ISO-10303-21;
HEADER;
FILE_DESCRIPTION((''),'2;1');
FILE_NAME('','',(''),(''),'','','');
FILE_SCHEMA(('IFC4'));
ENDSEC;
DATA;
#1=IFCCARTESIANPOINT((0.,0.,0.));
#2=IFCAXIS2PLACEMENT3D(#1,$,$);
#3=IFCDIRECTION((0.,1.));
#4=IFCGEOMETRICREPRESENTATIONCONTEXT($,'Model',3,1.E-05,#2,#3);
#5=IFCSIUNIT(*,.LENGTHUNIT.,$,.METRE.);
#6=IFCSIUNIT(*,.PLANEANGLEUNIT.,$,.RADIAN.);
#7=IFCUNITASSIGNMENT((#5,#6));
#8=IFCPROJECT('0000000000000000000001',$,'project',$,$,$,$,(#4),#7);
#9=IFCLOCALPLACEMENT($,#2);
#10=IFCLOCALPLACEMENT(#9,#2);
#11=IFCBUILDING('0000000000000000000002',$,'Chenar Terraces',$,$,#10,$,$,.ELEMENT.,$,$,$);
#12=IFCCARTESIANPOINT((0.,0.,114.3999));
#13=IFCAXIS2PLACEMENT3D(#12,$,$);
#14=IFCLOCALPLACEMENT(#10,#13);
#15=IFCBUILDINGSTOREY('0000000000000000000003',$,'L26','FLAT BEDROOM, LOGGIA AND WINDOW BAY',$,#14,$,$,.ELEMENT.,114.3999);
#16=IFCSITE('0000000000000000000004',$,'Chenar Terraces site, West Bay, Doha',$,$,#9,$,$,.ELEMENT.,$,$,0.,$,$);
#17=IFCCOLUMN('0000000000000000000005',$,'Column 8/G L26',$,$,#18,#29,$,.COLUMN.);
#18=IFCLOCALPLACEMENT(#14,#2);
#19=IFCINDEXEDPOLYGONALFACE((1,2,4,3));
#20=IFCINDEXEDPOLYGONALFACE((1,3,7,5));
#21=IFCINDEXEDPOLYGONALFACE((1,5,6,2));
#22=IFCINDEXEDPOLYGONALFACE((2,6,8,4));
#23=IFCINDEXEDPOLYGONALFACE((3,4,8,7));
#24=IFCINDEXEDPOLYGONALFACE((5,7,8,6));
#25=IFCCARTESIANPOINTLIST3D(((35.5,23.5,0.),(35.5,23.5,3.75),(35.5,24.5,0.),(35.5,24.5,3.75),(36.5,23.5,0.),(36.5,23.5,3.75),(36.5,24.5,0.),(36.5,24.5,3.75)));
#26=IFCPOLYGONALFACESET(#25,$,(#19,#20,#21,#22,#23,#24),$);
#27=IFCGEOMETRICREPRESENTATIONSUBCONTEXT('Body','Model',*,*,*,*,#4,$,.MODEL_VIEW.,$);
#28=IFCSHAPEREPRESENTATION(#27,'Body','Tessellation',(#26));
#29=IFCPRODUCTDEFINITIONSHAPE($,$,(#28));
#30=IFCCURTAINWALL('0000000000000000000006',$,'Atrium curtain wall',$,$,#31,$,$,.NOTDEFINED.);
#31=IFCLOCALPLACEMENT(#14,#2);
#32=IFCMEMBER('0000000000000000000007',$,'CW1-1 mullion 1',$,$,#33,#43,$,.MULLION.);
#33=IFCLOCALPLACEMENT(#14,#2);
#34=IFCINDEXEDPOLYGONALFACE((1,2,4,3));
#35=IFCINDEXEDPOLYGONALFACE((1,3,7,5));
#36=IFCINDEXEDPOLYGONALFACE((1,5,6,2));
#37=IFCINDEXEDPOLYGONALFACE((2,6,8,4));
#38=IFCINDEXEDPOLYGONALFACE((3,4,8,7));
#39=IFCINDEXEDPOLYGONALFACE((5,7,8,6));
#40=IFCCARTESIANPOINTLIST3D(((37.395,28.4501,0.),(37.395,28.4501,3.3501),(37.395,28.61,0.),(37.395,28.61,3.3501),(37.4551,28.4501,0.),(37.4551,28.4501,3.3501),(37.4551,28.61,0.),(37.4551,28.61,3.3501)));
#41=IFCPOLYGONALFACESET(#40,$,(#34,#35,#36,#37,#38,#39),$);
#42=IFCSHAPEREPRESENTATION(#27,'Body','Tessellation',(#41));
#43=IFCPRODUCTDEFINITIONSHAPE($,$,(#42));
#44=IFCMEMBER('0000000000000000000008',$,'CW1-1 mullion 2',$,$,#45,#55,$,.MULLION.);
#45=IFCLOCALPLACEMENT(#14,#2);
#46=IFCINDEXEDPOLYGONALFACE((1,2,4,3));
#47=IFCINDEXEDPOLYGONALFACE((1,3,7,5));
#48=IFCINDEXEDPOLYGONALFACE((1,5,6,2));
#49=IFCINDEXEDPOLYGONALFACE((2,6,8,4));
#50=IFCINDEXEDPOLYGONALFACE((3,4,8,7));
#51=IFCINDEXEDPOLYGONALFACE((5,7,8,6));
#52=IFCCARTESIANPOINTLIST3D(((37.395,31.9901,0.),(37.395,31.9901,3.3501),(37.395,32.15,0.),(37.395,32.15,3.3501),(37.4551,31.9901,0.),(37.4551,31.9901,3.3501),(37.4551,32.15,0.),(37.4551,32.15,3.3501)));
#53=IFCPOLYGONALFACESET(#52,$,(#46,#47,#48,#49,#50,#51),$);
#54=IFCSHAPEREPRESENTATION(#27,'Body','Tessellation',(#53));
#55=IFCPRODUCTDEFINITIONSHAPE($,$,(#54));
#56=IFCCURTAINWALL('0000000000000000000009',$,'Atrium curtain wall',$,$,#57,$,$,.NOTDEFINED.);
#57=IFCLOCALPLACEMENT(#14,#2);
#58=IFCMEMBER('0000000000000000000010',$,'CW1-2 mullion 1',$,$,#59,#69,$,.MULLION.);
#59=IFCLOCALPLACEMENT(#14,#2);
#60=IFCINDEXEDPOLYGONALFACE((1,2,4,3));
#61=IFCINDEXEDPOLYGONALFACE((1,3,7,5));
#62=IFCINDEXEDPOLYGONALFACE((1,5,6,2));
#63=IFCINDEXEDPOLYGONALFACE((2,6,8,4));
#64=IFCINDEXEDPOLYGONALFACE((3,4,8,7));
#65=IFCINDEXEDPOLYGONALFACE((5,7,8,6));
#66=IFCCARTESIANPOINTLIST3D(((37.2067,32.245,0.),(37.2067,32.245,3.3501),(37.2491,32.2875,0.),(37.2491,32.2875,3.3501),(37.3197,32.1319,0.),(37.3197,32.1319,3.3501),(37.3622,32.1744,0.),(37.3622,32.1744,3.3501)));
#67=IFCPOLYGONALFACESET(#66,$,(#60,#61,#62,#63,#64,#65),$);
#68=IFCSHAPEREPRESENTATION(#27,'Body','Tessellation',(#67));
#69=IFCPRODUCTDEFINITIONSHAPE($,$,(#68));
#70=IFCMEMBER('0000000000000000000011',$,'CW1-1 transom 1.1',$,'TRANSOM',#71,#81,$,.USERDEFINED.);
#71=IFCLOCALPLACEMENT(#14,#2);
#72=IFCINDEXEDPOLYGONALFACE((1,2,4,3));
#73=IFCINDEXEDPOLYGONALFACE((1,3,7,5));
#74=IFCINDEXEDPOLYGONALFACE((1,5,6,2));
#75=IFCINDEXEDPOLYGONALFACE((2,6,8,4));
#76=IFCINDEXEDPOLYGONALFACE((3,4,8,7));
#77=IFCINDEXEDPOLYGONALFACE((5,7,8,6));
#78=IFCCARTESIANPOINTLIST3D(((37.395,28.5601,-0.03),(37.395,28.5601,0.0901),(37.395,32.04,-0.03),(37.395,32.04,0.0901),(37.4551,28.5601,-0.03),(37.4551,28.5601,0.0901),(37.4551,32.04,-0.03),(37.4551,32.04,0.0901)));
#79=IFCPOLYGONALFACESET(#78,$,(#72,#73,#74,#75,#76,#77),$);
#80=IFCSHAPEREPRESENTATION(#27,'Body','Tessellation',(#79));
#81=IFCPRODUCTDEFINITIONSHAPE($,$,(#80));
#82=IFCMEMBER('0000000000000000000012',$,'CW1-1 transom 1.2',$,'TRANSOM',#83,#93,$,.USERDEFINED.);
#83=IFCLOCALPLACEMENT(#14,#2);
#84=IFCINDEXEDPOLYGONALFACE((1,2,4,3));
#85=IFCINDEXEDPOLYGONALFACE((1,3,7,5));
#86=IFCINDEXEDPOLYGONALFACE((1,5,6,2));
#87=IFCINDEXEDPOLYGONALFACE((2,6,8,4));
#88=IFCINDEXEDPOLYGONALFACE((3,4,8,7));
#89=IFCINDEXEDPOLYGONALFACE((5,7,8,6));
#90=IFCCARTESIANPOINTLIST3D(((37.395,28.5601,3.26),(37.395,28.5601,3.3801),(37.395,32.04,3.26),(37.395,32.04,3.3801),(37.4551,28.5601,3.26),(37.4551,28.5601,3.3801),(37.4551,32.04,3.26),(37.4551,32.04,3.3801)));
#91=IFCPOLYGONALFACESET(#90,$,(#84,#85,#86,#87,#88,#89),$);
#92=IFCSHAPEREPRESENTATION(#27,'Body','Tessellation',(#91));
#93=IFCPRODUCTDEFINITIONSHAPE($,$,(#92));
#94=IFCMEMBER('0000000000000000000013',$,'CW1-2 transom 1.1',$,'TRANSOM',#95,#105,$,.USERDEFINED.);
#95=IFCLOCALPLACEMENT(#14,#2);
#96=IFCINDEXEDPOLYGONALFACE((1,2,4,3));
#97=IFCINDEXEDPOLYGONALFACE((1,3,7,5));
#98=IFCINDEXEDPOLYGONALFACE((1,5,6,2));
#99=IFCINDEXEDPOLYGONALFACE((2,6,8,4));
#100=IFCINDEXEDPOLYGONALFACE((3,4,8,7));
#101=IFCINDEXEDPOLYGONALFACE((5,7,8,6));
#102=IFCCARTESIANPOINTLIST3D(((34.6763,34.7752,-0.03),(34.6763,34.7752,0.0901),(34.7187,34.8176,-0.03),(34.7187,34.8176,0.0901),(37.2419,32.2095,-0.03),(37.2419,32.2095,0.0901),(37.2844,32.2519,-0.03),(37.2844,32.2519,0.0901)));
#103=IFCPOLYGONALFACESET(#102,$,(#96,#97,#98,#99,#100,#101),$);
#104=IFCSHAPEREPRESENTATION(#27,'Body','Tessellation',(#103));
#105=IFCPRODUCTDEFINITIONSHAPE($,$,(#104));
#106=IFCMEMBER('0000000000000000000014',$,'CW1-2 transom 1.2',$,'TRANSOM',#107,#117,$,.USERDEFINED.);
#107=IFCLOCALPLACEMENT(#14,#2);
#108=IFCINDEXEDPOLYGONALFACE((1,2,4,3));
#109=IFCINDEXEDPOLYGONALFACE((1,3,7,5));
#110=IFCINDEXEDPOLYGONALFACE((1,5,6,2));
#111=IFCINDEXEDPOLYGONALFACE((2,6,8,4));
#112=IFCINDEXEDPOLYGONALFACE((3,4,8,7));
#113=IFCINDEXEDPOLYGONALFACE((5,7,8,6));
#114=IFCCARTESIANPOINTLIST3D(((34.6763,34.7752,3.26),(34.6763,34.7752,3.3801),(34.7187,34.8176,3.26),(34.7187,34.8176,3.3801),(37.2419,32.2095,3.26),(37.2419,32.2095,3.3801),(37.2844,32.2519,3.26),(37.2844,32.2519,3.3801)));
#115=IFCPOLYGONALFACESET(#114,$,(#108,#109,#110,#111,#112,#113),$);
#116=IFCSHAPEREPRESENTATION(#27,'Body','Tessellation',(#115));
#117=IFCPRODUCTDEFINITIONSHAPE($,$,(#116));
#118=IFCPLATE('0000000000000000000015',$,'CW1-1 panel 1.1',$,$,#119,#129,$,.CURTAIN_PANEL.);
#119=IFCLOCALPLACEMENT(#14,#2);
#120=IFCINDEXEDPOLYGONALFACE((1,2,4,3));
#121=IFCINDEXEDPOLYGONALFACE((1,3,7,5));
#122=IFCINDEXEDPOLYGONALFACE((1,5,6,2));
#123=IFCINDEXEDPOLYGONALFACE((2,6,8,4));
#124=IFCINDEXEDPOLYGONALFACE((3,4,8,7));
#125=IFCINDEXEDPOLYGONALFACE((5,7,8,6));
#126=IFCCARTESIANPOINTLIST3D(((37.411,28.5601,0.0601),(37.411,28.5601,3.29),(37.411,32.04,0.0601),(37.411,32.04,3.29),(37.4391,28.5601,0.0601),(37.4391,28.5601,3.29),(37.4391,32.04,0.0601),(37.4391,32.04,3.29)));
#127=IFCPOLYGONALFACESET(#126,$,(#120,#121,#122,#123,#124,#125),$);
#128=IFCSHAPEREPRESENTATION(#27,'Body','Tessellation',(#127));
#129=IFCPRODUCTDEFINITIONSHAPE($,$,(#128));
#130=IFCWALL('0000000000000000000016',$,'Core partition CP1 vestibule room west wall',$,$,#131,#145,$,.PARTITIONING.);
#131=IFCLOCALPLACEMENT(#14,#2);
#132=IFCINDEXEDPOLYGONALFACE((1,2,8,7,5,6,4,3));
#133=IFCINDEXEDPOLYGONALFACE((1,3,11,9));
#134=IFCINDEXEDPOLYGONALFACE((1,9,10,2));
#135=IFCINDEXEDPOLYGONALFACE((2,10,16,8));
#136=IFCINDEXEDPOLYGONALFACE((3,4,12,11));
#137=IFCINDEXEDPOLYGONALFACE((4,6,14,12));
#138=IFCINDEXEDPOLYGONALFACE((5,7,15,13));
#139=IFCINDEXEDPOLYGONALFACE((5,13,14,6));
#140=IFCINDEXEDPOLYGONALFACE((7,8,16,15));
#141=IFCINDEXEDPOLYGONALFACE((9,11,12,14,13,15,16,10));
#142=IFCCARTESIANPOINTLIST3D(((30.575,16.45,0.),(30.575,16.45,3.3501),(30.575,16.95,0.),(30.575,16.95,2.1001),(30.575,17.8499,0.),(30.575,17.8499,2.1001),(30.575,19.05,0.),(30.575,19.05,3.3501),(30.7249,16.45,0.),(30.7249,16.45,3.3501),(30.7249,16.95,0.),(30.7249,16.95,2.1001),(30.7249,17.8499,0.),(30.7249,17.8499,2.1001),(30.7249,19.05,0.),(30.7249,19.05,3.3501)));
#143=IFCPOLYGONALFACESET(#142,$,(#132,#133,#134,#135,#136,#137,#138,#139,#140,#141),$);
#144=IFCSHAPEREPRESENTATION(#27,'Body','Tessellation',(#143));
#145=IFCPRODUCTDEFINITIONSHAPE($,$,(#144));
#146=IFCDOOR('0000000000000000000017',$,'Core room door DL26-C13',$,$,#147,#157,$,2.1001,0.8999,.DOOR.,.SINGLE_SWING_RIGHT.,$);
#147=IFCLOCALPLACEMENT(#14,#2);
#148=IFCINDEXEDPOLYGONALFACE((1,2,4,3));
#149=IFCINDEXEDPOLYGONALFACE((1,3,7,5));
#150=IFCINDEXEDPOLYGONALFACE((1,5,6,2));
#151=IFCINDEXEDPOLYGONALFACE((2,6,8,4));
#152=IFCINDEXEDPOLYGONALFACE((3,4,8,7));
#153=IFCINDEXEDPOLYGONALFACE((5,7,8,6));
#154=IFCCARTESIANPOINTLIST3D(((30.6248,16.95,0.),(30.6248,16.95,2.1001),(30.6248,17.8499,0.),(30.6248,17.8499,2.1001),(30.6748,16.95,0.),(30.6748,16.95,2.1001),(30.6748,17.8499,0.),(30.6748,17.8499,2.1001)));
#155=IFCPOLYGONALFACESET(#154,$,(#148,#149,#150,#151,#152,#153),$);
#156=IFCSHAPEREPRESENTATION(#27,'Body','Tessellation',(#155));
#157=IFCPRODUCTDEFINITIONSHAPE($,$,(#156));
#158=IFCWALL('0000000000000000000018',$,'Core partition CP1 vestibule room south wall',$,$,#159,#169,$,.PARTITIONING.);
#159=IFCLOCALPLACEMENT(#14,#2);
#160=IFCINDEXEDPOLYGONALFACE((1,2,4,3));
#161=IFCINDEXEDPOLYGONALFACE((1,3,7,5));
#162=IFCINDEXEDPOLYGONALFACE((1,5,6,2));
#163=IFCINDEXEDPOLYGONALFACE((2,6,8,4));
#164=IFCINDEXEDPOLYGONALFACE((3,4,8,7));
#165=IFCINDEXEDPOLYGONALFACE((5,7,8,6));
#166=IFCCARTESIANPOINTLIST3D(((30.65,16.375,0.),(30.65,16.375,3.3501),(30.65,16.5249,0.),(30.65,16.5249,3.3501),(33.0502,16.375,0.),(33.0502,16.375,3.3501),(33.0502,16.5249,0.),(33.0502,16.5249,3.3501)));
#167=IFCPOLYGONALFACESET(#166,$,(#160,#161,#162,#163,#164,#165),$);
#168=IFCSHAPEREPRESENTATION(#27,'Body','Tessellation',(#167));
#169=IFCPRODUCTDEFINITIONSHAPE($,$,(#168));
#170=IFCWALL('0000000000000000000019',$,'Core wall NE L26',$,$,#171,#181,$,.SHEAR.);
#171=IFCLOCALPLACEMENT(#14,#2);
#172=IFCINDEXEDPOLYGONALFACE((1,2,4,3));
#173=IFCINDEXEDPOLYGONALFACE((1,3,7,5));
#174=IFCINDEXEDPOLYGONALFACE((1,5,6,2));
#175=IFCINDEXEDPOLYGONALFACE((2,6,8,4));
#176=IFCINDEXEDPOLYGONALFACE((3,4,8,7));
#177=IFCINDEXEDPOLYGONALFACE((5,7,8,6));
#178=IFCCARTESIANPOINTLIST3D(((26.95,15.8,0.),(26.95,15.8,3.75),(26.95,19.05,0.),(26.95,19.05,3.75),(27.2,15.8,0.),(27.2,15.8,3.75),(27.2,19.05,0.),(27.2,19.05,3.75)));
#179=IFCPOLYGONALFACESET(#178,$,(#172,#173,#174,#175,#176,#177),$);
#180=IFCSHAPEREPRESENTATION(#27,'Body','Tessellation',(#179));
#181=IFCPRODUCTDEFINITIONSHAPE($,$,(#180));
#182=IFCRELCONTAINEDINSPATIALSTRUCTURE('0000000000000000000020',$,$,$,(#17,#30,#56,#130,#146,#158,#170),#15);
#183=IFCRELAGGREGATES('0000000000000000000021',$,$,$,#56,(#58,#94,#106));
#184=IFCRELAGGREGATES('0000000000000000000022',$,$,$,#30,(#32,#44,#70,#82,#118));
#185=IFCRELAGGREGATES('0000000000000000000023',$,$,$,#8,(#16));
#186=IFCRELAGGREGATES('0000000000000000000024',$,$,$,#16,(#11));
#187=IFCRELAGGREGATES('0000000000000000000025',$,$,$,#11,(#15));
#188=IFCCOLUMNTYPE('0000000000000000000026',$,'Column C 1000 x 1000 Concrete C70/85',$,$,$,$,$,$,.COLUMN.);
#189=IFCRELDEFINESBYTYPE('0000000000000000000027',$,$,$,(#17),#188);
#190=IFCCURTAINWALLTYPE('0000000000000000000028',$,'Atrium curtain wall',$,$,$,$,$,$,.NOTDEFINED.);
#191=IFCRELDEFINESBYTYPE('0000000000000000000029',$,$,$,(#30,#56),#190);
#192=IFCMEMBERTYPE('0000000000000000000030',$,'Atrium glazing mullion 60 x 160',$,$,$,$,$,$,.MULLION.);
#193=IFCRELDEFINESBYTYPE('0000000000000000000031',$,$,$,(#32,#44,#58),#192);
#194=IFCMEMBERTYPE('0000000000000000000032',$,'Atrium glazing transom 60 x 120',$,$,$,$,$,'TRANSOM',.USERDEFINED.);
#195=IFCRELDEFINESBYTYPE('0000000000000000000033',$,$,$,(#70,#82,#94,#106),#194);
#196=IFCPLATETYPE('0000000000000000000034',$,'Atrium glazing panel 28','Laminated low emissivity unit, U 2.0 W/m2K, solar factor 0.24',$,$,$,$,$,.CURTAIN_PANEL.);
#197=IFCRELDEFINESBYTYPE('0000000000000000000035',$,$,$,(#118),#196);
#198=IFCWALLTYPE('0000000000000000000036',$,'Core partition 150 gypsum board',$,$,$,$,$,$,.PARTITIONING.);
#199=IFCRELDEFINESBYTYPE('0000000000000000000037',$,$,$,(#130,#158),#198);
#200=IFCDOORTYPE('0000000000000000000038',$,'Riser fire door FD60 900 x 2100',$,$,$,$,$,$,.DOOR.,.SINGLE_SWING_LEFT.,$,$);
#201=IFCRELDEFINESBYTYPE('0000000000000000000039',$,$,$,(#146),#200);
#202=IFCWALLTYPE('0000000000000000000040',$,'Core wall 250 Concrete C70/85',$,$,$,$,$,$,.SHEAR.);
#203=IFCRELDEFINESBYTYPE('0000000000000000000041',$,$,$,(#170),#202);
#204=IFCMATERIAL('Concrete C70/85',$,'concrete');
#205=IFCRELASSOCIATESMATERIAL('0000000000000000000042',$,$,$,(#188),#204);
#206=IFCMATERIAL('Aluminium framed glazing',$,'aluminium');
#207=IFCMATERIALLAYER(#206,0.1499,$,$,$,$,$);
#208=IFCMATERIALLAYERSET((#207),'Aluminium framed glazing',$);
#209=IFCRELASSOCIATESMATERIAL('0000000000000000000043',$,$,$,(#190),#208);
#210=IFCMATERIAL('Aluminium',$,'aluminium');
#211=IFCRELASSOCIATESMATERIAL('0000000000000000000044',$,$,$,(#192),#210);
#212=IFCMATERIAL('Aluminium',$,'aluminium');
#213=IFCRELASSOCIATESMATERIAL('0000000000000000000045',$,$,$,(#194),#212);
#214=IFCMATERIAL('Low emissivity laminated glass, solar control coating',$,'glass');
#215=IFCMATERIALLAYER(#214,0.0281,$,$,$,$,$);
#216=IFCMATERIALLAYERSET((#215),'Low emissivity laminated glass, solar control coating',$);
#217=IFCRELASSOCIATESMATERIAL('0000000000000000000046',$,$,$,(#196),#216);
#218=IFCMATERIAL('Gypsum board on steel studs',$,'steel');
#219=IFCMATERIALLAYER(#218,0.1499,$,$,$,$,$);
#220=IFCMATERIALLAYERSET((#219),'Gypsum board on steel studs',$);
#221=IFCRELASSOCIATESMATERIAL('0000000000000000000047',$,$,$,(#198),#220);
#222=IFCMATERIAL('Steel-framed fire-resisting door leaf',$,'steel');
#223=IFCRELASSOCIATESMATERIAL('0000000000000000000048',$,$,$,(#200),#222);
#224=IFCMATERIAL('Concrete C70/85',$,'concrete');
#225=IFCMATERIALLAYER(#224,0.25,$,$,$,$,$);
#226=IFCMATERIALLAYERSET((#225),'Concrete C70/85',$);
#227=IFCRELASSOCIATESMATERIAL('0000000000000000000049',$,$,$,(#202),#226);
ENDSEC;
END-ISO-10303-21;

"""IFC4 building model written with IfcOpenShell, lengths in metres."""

from ifc_helpers import new_model, si_unit, direction, frame, frame_2d, origin, origin_2d, place, context, subcontext, project, spatial, rectangle, extrude, material, layer, layer_set, material_profile, profile_set, type_object, element, fill, aggregate, save


model = new_model("IFC4")

# Units and contexts
model_context = context("Model", 3, precision=1e-05, world=origin(), true_north=direction((0.0, 1.0)))
body_context = subcontext(model_context, "Body", "Model", "MODEL_VIEW")
ifc_project = project(units=[si_unit("LENGTHUNIT", "METRE"), si_unit("PLANEANGLEUNIT", "RADIAN")], contexts=[model_context])

# Site, building, storey
site_placement = place(None, origin())
site = spatial("IfcSite", under=ifc_project, at=site_placement, Name="Chenar Terraces site, West Bay, Doha", CompositionType="ELEMENT", RefElevation=0.0)
building_placement = place(site_placement, origin())
building = spatial("IfcBuilding", under=site, at=building_placement, Name="Chenar Terraces", CompositionType="ELEMENT")
storey_placement = place(building_placement, frame((0.0, 0.0, 114.3999)))
storey = spatial("IfcBuildingStorey", under=building, at=storey_placement, Name="L26", Description="FLAT BEDROOM, LOGGIA AND WINDOW BAY", CompositionType="ELEMENT", Elevation=114.3999)

# Column
ifc_material_1 = material(Name="Concrete C70/85", Category="concrete")
ifc_material_profile_1 = material_profile(ifc_material_1, rectangle(XDim=1.0, YDim=1.0, at=origin_2d()), Name="C 1000 x 1000")
ifc_profile_set_1 = profile_set([ifc_material_profile_1], Name="Concrete C70/85")
column_type = type_object("IfcColumnType", Name="Column C 1000 x 1000 Concrete C70/85", PredefinedType="COLUMN", material=ifc_profile_set_1)
column_placement = place(storey_placement, frame((36.0, 24.0, 0.0), z_axis=(0.0, 0.0, 1.0), x_axis=(1.0, 0.0, 0.0)))
element("IfcColumn", 1, at=column_placement, inside=storey, type_object=column_type, Name="Column 8/G L26", PredefinedType="COLUMN", context=body_context, shape_type="SweptSolid", body=[
    extrude(rectangle(XDim=1.0, YDim=1.0, at=origin_2d()), origin(), (0.0, 0.0, 1.0), 3.75),
])

# Curtain wall, members
ifc_material_2 = material(Name="Aluminium framed glazing", Category="aluminium")
ifc_layer_1 = layer(ifc_material_2, 0.1499)
ifc_layer_set_1 = layer_set([ifc_layer_1], Name="Aluminium framed glazing")
curtain_wall_type = type_object("IfcCurtainWallType", Name="Atrium curtain wall", PredefinedType="NOTDEFINED", material=ifc_layer_set_1)
placement = place(storey_placement, origin())
curtain_wall_1 = element("IfcCurtainWall", 2, at=placement, inside=storey, type_object=curtain_wall_type, Name="Atrium curtain wall", PredefinedType="NOTDEFINED")
ifc_material_3 = material(Name="Aluminium", Category="aluminium")
ifc_material_profile_2 = material_profile(ifc_material_3, rectangle(XDim=0.0601, YDim=0.1599, at=origin_2d()), Name="Atrium glazing mullion 60 x 160")
ifc_profile_set_2 = profile_set([ifc_material_profile_2], Name="Aluminium")
member_type_1 = type_object("IfcMemberType", Name="Atrium glazing mullion 60 x 160", PredefinedType="MULLION", material=ifc_profile_set_2)
member_1_placement = place(storey_placement, frame((37.425, 28.53, 0.0), z_axis=(0.0, 0.0, 1.0), x_axis=(-1.0, 0.0, 0.0)))
member_1 = element("IfcMember", 3, at=member_1_placement, type_object=member_type_1, Name="CW1-1 mullion 1", PredefinedType="MULLION", context=body_context, shape_type="SweptSolid", body=[
    extrude(rectangle(XDim=0.0601, YDim=0.1599, at=origin_2d()), origin(), (0.0, 0.0, 1.0), 3.3501),
])
member_2_placement = place(storey_placement, frame((37.425, 32.0701, 0.0), z_axis=(0.0, 0.0, 1.0), x_axis=(-1.0, 0.0, 0.0)))
member_2 = element("IfcMember", 4, at=member_2_placement, type_object=member_type_1, Name="CW1-1 mullion 2", PredefinedType="MULLION", context=body_context, shape_type="SweptSolid", body=[
    extrude(rectangle(XDim=0.0601, YDim=0.1599, at=origin_2d()), origin(), (0.0, 0.0, 1.0), 3.3501),
])

# Curtain wall, member
curtain_wall_2 = element("IfcCurtainWall", 5, at=placement, inside=storey, type_object=curtain_wall_type, Name="Atrium curtain wall", PredefinedType="NOTDEFINED")
member_3_placement = place(storey_placement, frame((37.2844, 32.2097, 0.0), z_axis=(0.0, 0.0, 1.0), x_axis=(-0.707107, -0.707107, 0.0)))
member_3 = element("IfcMember", 6, at=member_3_placement, type_object=member_type_1, Name="CW1-2 mullion 1", PredefinedType="MULLION", context=body_context, shape_type="SweptSolid", body=[
    extrude(rectangle(XDim=0.0601, YDim=0.1599, at=origin_2d()), origin(), (0.0, 0.0, 1.0), 3.3501),
])

# Members
ifc_material_4 = material(Name="Aluminium", Category="aluminium")
ifc_material_profile_3 = material_profile(ifc_material_4, rectangle(XDim=0.0601, YDim=0.1201, at=origin_2d()), Name="Atrium glazing transom 60 x 120")
ifc_profile_set_3 = profile_set([ifc_material_profile_3], Name="Aluminium")
member_type_2 = type_object("IfcMemberType", Name="Atrium glazing transom 60 x 120", ElementType="TRANSOM", PredefinedType="USERDEFINED", material=ifc_profile_set_3)
member_4_placement = place(storey_placement, frame((37.425, 28.5601, 0.03), z_axis=(0.0, 1.0, 0.0), x_axis=(-1.0, 0.0, 0.0)))
member_4 = element("IfcMember", 7, at=member_4_placement, type_object=member_type_2, Name="CW1-1 transom 1.1", ObjectType="TRANSOM", PredefinedType="USERDEFINED", context=body_context, shape_type="SweptSolid", body=[
    extrude(rectangle(XDim=0.0601, YDim=0.1201, at=origin_2d()), origin(), (0.0, 0.0, 1.0), 3.48),
])
member_5_placement = place(storey_placement, frame((37.425, 28.5601, 3.3201), z_axis=(0.0, 1.0, 0.0), x_axis=(-1.0, 0.0, 0.0)))
member_5 = element("IfcMember", 8, at=member_5_placement, type_object=member_type_2, Name="CW1-1 transom 1.2", ObjectType="TRANSOM", PredefinedType="USERDEFINED", context=body_context, shape_type="SweptSolid", body=[
    extrude(rectangle(XDim=0.0601, YDim=0.1201, at=origin_2d()), origin(), (0.0, 0.0, 1.0), 3.48),
])
member_6_placement = place(storey_placement, frame((37.2632, 32.2307, 0.03), z_axis=(-0.707107, 0.707107, 0.0), x_axis=(-0.707107, -0.707107, 0.0)))
member_6 = element("IfcMember", 9, at=member_6_placement, type_object=member_type_2, Name="CW1-2 transom 1.1", ObjectType="TRANSOM", PredefinedType="USERDEFINED", context=body_context, shape_type="SweptSolid", body=[
    extrude(rectangle(XDim=0.0601, YDim=0.1201, at=origin_2d()), origin(), (0.0, 0.0, 1.0), 3.6284),
])
member_7_placement = place(storey_placement, frame((37.2632, 32.2307, 3.3201), z_axis=(-0.707107, 0.707107, 0.0), x_axis=(-0.707107, -0.707107, 0.0)))
member_7 = element("IfcMember", 10, at=member_7_placement, type_object=member_type_2, Name="CW1-2 transom 1.2", ObjectType="TRANSOM", PredefinedType="USERDEFINED", context=body_context, shape_type="SweptSolid", body=[
    extrude(rectangle(XDim=0.0601, YDim=0.1201, at=origin_2d()), origin(), (0.0, 0.0, 1.0), 3.6284),
])
aggregate(curtain_wall_2, [member_3, member_6, member_7])

# Plate
ifc_material_5 = material(Name="Low emissivity laminated glass, solar control coating", Category="glass")
ifc_layer_2 = layer(ifc_material_5, 0.0281)
ifc_layer_set_2 = layer_set([ifc_layer_2], Name="Low emissivity laminated glass, solar control coating")
plate_type = type_object("IfcPlateType", Name="Atrium glazing panel 28", Description="Laminated low emissivity unit, U 2.0 W/m2K, solar factor 0.24", PredefinedType="CURTAIN_PANEL", material=ifc_layer_set_2)
plate_placement = place(storey_placement, frame((37.425, 30.3, 0.0601), z_axis=(0.0, 0.0, 1.0), x_axis=(0.0, 1.0, 0.0)))
plate = element("IfcPlate", 11, at=plate_placement, type_object=plate_type, Name="CW1-1 panel 1.1", PredefinedType="CURTAIN_PANEL", context=body_context, shape_type="SweptSolid", body=[
    extrude(rectangle(XDim=3.48, YDim=0.0281, at=origin_2d()), origin(), (0.0, 0.0, 1.0), 3.23),
])
aggregate(curtain_wall_1, [member_1, member_2, member_4, member_5, plate])

# Wall, opening, door
ifc_material_6 = material(Name="Gypsum board on steel studs", Category="steel")
ifc_layer_3 = layer(ifc_material_6, 0.1499)
ifc_layer_set_3 = layer_set([ifc_layer_3], Name="Gypsum board on steel studs")
wall_type_1 = type_object("IfcWallType", Name="Core partition 150 gypsum board", PredefinedType="PARTITIONING", material=ifc_layer_set_3)
wall_1_placement = place(storey_placement, frame((30.6499, 16.45, 0.0), z_axis=(0.0, 0.0, 1.0), x_axis=(0.0, 1.0, 0.0)))
wall_1 = element("IfcWall", 12, at=wall_1_placement, inside=storey, type_object=wall_type_1, Name="Core partition CP1 vestibule room west wall", PredefinedType="PARTITIONING", context=body_context, shape_type="SweptSolid", body=[
    extrude(rectangle(XDim=2.6001, YDim=0.1499, at=frame_2d((1.3, 0.0))), origin(), (0.0, 0.0, 1.0), 3.3501),
])
opening_1_placement = place(wall_1_placement, frame((0.5, 0.0, 0.0)))
opening_1 = element("IfcOpeningElement", 13, at=opening_1_placement, cuts=wall_1, PredefinedType="OPENING", context=body_context, shape_type="SweptSolid", body=[
    extrude(rectangle(XDim=0.8999, YDim=2.1001, at=frame_2d((0.45, 1.05))), frame((0.0, 0.085, 0.0), z_axis=(0.0, -1.0, 0.0), x_axis=(1.0, 0.0, 0.0)), (0.0, 0.0, 1.0), 0.1699),
])
ifc_material_7 = material(Name="Steel-framed fire-resisting door leaf", Category="steel")
door_type = type_object("IfcDoorType", Name="Riser fire door FD60 900 x 2100", OperationType="SINGLE_SWING_LEFT", PredefinedType="DOOR", material=ifc_material_7)
door_placement = place(opening_1_placement, frame((0.8999, 0.0, 0.0), z_axis=(0.0, 0.0, 1.0), x_axis=(-1.0, 0.0, 0.0)))
door = element("IfcDoor", 14, at=door_placement, inside=storey, type_object=door_type, Name="Core room door DL26-C13", OperationType="SINGLE_SWING_RIGHT", OverallHeight=2.1001, OverallWidth=0.8999, PredefinedType="DOOR", context=body_context, shape_type="SweptSolid", body=[
    extrude(rectangle(XDim=0.8999, YDim=2.1001, at=frame_2d((0.45, 1.05))), frame((0.0, 0.0249, 0.0), z_axis=(0.0, -1.0, 0.0), x_axis=(1.0, 0.0, 0.0)), (0.0, 0.0, 1.0), 0.05),
])
fill(opening_1, door)

# Walls
wall_2_placement = place(storey_placement, frame((30.6499, 16.45, 0.0), z_axis=(0.0, 0.0, 1.0), x_axis=(1.0, 0.0, 0.0)))
element("IfcWall", 15, at=wall_2_placement, inside=storey, type_object=wall_type_1, Name="Core partition CP1 vestibule room south wall", PredefinedType="PARTITIONING", context=body_context, shape_type="SweptSolid", body=[
    extrude(rectangle(XDim=2.4001, YDim=0.1499, at=frame_2d((1.2002, 0.0))), origin(), (0.0, 0.0, 1.0), 3.3501),
])
ifc_material_8 = material(Name="Concrete C70/85", Category="concrete")
ifc_layer_4 = layer(ifc_material_8, 0.25)
ifc_layer_set_4 = layer_set([ifc_layer_4], Name="Concrete C70/85")
wall_type_2 = type_object("IfcWallType", Name="Core wall 250 Concrete C70/85", PredefinedType="SHEAR", material=ifc_layer_set_4)
wall_3_placement = place(storey_placement, frame((27.075, 15.8, 0.0), z_axis=(0.0, 0.0, 1.0), x_axis=(0.0, 1.0, 0.0)))
element("IfcWall", 16, at=wall_3_placement, inside=storey, type_object=wall_type_2, Name="Core wall NE L26", PredefinedType="SHEAR", context=body_context, shape_type="SweptSolid", body=[
    extrude(rectangle(XDim=3.25, YDim=0.25, at=frame_2d((1.625, 0.0))), origin(), (0.0, 0.0, 1.0), 3.75),
])

save(model, "model.ifc")
